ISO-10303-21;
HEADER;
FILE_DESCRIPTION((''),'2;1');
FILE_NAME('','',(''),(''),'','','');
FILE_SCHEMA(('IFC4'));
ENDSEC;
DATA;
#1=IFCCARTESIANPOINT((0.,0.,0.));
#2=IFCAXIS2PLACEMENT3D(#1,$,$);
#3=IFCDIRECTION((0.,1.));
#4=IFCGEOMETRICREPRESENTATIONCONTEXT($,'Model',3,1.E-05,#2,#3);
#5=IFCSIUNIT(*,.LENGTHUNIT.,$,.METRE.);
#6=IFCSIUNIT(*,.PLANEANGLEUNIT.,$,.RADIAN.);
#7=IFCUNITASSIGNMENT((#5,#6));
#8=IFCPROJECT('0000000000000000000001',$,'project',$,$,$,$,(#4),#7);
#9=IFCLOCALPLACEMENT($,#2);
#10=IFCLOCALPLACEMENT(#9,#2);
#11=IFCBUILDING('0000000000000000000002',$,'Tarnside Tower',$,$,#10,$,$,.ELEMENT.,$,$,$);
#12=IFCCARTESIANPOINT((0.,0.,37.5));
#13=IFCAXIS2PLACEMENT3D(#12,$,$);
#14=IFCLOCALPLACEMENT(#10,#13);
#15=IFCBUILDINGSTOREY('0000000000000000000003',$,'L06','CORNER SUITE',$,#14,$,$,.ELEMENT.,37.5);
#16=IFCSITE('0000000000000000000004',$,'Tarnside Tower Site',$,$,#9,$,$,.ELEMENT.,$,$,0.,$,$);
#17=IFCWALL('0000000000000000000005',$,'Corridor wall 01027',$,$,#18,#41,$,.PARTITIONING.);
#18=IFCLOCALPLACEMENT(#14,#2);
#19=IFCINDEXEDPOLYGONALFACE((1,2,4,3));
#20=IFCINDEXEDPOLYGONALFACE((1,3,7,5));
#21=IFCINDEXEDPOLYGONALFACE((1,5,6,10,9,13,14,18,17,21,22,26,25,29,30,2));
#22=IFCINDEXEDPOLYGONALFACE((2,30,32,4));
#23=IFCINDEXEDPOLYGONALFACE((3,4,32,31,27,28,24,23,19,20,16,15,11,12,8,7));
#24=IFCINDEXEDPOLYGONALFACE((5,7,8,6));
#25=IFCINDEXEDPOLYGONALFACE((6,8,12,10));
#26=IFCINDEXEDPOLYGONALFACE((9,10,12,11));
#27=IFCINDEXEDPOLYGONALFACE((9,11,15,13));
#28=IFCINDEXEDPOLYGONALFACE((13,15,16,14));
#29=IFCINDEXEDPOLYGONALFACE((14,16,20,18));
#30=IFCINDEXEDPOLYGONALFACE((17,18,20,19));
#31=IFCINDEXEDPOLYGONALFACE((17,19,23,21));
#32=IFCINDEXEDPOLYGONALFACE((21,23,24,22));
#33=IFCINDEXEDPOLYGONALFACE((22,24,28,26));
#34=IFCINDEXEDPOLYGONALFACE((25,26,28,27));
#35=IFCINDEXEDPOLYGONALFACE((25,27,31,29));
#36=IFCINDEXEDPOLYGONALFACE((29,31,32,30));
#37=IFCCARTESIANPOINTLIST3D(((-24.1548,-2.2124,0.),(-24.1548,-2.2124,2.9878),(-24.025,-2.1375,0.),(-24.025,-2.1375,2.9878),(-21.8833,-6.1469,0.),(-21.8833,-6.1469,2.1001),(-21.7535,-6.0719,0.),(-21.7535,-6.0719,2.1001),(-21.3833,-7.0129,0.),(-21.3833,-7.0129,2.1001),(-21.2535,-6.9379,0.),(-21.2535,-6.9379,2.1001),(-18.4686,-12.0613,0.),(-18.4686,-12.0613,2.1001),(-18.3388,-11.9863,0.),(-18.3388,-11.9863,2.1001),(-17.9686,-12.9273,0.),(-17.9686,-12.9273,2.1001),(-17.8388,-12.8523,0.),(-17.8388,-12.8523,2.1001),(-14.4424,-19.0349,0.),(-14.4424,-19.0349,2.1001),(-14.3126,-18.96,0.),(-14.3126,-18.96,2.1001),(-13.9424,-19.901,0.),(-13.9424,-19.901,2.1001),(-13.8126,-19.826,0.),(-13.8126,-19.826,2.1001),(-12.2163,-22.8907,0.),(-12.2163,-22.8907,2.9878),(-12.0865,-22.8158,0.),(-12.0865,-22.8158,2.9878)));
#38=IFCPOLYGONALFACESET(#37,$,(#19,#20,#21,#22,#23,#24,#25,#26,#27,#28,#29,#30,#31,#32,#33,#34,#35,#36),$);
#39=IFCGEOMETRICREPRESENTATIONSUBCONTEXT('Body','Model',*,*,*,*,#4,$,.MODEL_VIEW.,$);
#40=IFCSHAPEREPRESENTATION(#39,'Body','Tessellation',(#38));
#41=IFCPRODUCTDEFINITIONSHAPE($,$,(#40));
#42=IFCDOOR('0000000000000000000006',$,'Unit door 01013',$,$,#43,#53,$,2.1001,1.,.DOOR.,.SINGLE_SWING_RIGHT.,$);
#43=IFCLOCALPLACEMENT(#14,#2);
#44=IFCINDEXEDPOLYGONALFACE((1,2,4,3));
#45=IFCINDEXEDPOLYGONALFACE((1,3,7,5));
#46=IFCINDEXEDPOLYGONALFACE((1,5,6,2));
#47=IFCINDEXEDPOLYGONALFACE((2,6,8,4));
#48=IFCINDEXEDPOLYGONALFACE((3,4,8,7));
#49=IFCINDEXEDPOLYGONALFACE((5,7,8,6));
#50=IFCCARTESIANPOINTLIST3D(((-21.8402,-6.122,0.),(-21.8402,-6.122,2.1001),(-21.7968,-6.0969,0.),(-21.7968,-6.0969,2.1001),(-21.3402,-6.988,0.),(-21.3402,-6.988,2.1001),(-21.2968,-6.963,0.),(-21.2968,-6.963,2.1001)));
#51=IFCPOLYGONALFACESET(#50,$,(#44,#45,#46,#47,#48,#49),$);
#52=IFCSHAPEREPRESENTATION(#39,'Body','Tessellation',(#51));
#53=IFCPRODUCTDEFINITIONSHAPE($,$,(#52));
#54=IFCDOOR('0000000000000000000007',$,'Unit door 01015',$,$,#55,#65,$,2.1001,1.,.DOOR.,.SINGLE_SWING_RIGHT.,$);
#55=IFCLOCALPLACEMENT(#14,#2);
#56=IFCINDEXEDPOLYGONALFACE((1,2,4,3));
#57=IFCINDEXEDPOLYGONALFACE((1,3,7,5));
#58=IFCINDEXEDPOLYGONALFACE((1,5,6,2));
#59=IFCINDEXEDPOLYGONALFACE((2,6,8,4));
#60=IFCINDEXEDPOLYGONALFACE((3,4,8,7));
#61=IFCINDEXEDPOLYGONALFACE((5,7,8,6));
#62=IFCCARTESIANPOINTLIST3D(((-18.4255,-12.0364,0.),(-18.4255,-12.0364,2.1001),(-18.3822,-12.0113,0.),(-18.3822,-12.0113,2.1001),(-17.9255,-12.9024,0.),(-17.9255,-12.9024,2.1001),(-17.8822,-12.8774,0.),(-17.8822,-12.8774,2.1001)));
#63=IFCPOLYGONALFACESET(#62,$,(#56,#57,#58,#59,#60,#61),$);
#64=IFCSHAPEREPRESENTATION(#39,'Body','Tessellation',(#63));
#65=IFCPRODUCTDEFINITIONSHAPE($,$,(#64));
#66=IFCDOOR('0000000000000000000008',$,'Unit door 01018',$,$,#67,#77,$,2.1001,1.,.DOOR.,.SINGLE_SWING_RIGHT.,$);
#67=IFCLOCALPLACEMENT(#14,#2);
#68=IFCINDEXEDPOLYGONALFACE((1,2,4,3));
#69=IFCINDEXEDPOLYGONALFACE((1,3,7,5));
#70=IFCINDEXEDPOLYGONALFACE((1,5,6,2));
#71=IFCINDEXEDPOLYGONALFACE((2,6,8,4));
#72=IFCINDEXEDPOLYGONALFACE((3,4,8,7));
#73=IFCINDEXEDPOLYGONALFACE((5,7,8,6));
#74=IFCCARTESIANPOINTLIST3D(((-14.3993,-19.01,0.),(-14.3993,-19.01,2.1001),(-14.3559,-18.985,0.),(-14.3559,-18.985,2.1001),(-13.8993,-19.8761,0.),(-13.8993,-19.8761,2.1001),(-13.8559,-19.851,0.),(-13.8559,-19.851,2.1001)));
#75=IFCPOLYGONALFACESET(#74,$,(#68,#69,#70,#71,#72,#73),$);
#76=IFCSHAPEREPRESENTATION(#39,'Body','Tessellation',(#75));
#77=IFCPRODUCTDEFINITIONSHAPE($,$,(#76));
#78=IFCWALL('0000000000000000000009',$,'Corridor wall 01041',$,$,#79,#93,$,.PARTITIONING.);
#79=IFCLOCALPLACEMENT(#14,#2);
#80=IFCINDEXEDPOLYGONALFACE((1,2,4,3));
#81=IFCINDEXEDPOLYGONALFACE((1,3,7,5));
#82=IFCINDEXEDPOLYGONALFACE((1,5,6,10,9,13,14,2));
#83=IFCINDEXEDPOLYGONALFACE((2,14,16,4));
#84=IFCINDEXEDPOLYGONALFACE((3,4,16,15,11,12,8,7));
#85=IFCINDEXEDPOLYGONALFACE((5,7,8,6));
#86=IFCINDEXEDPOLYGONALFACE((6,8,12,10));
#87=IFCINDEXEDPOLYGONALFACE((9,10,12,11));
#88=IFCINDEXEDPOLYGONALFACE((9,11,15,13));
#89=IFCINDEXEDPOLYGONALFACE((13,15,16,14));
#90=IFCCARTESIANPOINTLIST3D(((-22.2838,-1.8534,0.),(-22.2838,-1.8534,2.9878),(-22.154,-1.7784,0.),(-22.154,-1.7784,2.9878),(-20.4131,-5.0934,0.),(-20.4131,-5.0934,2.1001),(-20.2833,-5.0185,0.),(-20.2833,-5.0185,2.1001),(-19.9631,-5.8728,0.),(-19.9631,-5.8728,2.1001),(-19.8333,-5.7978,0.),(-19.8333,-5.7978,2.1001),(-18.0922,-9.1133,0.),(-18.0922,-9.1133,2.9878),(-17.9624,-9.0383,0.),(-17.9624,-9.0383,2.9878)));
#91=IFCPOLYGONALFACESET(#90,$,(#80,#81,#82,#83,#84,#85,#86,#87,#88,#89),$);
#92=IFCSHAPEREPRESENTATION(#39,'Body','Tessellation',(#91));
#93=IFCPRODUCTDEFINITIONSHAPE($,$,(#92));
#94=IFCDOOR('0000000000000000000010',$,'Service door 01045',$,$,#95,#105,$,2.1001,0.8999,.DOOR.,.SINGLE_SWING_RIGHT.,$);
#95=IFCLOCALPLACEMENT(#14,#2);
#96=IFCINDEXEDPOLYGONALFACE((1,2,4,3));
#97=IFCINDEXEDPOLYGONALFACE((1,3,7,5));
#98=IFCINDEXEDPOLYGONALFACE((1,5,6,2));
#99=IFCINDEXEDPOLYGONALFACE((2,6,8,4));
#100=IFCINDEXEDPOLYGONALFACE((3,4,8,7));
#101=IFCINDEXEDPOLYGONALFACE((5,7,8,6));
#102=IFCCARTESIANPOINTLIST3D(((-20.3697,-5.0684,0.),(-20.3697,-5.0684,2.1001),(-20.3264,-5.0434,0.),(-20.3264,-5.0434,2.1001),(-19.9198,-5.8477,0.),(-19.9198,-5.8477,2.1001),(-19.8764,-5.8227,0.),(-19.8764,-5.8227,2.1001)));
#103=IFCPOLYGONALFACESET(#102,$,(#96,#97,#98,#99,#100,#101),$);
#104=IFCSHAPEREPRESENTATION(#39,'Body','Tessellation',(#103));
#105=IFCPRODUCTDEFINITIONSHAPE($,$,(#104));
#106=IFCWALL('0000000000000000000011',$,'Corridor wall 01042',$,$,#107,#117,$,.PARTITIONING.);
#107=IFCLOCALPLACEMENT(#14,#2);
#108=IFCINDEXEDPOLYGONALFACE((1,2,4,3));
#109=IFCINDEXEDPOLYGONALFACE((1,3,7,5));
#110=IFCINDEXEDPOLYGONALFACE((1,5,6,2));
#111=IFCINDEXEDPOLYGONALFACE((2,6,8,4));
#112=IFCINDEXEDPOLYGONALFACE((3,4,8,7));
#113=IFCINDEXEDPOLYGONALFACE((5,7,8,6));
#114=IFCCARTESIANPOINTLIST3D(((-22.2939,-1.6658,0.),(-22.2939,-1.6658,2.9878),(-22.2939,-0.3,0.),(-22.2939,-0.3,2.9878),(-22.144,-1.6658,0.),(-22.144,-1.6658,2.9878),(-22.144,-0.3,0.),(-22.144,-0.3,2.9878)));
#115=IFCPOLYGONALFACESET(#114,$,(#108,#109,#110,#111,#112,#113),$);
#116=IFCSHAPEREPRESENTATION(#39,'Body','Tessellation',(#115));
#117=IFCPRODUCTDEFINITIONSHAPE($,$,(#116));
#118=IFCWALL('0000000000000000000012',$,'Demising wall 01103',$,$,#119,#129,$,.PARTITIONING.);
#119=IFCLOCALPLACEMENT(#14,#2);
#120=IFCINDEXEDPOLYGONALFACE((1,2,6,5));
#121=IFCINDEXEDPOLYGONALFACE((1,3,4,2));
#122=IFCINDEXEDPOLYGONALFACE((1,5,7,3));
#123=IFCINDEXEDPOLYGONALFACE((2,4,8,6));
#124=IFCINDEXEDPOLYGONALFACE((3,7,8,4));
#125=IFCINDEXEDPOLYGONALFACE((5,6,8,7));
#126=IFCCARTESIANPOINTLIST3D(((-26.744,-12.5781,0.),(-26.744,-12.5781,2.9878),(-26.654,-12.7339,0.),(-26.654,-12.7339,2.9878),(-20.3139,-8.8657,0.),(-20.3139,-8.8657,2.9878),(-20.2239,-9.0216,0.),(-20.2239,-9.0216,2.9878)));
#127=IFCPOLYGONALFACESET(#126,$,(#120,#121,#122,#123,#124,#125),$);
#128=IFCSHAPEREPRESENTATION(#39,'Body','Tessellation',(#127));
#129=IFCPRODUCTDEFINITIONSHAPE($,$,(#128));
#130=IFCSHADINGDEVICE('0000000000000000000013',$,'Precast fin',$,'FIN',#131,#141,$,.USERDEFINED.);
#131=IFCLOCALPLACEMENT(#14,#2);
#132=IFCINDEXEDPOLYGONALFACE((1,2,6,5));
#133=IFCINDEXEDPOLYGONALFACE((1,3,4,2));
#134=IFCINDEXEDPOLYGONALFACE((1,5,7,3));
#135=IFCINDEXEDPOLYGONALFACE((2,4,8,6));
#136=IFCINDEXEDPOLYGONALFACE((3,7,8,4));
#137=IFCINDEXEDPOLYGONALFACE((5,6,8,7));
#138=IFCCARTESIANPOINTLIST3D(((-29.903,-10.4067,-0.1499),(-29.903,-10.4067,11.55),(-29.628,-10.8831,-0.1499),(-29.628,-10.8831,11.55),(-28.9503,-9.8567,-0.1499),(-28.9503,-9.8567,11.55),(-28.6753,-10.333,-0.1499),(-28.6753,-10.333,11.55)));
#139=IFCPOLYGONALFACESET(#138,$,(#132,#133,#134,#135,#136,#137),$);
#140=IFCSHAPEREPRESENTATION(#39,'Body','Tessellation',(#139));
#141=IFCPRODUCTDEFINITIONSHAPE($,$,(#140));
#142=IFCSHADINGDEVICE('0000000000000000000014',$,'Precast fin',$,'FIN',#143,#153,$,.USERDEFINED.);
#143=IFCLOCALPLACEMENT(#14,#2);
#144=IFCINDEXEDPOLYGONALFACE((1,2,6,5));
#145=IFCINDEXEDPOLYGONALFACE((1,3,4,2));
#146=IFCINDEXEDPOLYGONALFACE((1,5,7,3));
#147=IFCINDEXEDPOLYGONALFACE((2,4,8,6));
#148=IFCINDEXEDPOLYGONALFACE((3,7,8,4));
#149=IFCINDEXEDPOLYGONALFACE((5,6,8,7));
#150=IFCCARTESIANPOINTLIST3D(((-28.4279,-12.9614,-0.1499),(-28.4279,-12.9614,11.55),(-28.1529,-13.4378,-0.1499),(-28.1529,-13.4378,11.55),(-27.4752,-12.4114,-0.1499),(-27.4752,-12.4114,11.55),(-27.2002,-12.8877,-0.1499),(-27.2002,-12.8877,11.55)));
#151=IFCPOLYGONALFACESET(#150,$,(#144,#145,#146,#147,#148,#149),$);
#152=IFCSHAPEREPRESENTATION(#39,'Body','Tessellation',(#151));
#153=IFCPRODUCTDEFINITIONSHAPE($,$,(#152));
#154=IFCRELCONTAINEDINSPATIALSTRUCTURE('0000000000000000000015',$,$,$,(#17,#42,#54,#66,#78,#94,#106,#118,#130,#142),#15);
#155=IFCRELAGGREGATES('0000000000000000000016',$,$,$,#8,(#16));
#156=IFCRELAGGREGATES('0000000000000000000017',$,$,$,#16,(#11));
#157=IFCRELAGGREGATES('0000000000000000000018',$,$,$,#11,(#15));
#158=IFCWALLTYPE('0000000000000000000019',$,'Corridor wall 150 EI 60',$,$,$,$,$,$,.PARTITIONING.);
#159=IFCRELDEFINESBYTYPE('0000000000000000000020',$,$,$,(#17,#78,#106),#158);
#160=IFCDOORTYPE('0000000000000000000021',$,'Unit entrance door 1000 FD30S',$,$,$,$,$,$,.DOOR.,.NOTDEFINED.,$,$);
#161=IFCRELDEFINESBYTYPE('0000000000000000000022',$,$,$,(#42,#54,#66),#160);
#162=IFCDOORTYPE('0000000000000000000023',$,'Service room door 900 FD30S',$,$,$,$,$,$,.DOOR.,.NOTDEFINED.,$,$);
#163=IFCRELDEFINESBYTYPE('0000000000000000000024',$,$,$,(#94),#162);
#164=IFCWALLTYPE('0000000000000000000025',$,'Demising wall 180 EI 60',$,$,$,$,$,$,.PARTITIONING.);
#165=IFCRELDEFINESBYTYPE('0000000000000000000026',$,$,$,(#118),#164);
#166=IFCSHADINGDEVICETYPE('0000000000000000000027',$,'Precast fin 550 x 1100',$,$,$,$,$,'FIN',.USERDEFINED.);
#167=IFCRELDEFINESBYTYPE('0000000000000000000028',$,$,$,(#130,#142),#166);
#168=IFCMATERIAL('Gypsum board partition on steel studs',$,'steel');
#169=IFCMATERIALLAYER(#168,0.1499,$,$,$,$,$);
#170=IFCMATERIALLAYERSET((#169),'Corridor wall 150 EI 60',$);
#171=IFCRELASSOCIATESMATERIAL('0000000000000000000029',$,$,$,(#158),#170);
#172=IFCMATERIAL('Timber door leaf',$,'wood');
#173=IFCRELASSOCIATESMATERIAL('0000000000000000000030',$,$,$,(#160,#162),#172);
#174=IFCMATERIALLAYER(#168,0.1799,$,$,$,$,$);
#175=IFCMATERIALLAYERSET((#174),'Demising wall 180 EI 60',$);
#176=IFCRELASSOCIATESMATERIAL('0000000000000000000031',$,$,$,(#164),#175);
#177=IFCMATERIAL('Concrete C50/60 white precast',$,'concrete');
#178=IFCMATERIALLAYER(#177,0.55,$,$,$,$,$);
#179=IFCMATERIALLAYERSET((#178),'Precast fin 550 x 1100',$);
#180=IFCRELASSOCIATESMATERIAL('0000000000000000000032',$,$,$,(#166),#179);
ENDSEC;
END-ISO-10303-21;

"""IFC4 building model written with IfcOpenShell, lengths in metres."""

from ifc_helpers import new_model, si_unit, direction, frame, frame_2d, origin, place, context, subcontext, project, spatial, polyline, rectangle, outline, extrude, material, layer, layer_set, type_object, element, fill, save


model = new_model("IFC4")

# Units and contexts
model_context = context("Model", 3, precision=1e-05, world=origin(), true_north=direction((0.0, 1.0)))
body_context = subcontext(model_context, "Body", "Model", "MODEL_VIEW")
ifc_project = project(units=[si_unit("LENGTHUNIT", "METRE"), si_unit("PLANEANGLEUNIT", "RADIAN")], contexts=[model_context])

# Site, building, storey
site_placement = place(None, origin())
site = spatial("IfcSite", under=ifc_project, at=site_placement, Name="Tarnside Tower Site", CompositionType="ELEMENT", RefElevation=0.0)
building_placement = place(site_placement, origin())
building = spatial("IfcBuilding", under=site, at=building_placement, Name="Tarnside Tower", CompositionType="ELEMENT")
storey_placement = place(building_placement, frame((0.0, 0.0, 37.5)))
storey = spatial("IfcBuildingStorey", under=building, at=storey_placement, Name="L06", Description="CORNER SUITE", CompositionType="ELEMENT", Elevation=37.5)

# Shared definitions
ifc_material_1 = material(Name="Gypsum board partition on steel studs", Category="steel")
ifc_material_2 = material(Name="Timber door leaf", Category="wood")

# Shared definitions
ifc_layer_1 = layer(ifc_material_1, 0.1499)
ifc_layer_set_1 = layer_set([ifc_layer_1], Name="Corridor wall 150 EI 60")
wall_type_1 = type_object("IfcWallType", Name="Corridor wall 150 EI 60", PredefinedType="PARTITIONING", material=ifc_layer_set_1)

# Wall, openings, doors
wall_1_placement = place(storey_placement, frame((-24.0898, -2.175, 0.0), z_axis=(0.0, 0.0, 1.0), x_axis=(0.499997, -0.866027, 0.0)))
wall_1 = element("IfcWall", 1, at=wall_1_placement, inside=storey, type_object=wall_type_1, Name="Corridor wall 01027", PredefinedType="PARTITIONING", context=body_context, shape_type="SweptSolid", body=[
    extrude(rectangle(XDim=23.8772, YDim=0.1499, at=frame_2d((11.9385, 0.0))), origin(), (0.0, 0.0, 1.0), 2.9878),
])
opening_1_placement = place(wall_1_placement, frame((4.543, 0.0, 0.0)))
opening_1 = element("IfcOpeningElement", 2, at=opening_1_placement, cuts=wall_1, PredefinedType="OPENING", context=body_context, shape_type="SweptSolid", body=[
    extrude(rectangle(XDim=1.0, YDim=2.1001, at=frame_2d((0.5, 1.05))), frame((0.0, 0.085, 0.0), z_axis=(0.0, -1.0, 0.0), x_axis=(1.0, 0.0, 0.0)), (0.0, 0.0, 1.0), 0.1699),
])
opening_2_placement = place(wall_1_placement, frame((11.3723, 0.0, 0.0)))
opening_2 = element("IfcOpeningElement", 3, at=opening_2_placement, cuts=wall_1, PredefinedType="OPENING", context=body_context, shape_type="SweptSolid", body=[
    extrude(rectangle(XDim=1.0, YDim=2.1001, at=frame_2d((0.5, 1.05))), frame((0.0, 0.085, 0.0), z_axis=(0.0, -1.0, 0.0), x_axis=(1.0, 0.0, 0.0)), (0.0, 0.0, 1.0), 0.1699),
])
opening_3_placement = place(wall_1_placement, frame((19.4248, 0.0, 0.0)))
opening_3 = element("IfcOpeningElement", 4, at=opening_3_placement, cuts=wall_1, PredefinedType="OPENING", context=body_context, shape_type="SweptSolid", body=[
    extrude(rectangle(XDim=1.0, YDim=2.1001, at=frame_2d((0.5, 1.05))), frame((0.0, 0.085, 0.0), z_axis=(0.0, -1.0, 0.0), x_axis=(1.0, 0.0, 0.0)), (0.0, 0.0, 1.0), 0.1699),
])
door_type_1 = type_object("IfcDoorType", Name="Unit entrance door 1000 FD30S", OperationType="NOTDEFINED", PredefinedType="DOOR", material=ifc_material_2)
door_1_placement = place(opening_1_placement, origin())
door_1 = element("IfcDoor", 5, at=door_1_placement, inside=storey, type_object=door_type_1, Name="Unit door 01013", OperationType="SINGLE_SWING_RIGHT", OverallHeight=2.1001, OverallWidth=1.0, PredefinedType="DOOR", context=body_context, shape_type="SweptSolid", body=[
    extrude(rectangle(XDim=1.0, YDim=2.1001, at=frame_2d((0.5, 1.05))), frame((0.0, 0.0249, 0.0), z_axis=(0.0, -1.0, 0.0), x_axis=(1.0, 0.0, 0.0)), (0.0, 0.0, 1.0), 0.05),
])
fill(opening_1, door_1)
door_2_placement = place(opening_2_placement, origin())
door_2 = element("IfcDoor", 6, at=door_2_placement, inside=storey, type_object=door_type_1, Name="Unit door 01015", OperationType="SINGLE_SWING_RIGHT", OverallHeight=2.1001, OverallWidth=1.0, PredefinedType="DOOR", context=body_context, shape_type="SweptSolid", body=[
    extrude(rectangle(XDim=1.0, YDim=2.1001, at=frame_2d((0.5, 1.05))), frame((0.0, 0.0249, 0.0), z_axis=(0.0, -1.0, 0.0), x_axis=(1.0, 0.0, 0.0)), (0.0, 0.0, 1.0), 0.05),
])
fill(opening_2, door_2)
door_3_placement = place(opening_3_placement, origin())
door_3 = element("IfcDoor", 7, at=door_3_placement, inside=storey, type_object=door_type_1, Name="Unit door 01018", OperationType="SINGLE_SWING_RIGHT", OverallHeight=2.1001, OverallWidth=1.0, PredefinedType="DOOR", context=body_context, shape_type="SweptSolid", body=[
    extrude(rectangle(XDim=1.0, YDim=2.1001, at=frame_2d((0.5, 1.05))), frame((0.0, 0.0249, 0.0), z_axis=(0.0, -1.0, 0.0), x_axis=(1.0, 0.0, 0.0)), (0.0, 0.0, 1.0), 0.05),
])
fill(opening_3, door_3)

# Wall, opening, door
wall_2_placement = place(storey_placement, frame((-18.0273, -9.0757, 0.0), z_axis=(0.0, 0.0, 1.0), x_axis=(-0.500007, 0.866021, 0.0)))
wall_2 = element("IfcWall", 8, at=wall_2_placement, inside=storey, type_object=wall_type_1, Name="Corridor wall 01041", PredefinedType="PARTITIONING", context=body_context, shape_type="SweptSolid", body=[
    extrude(rectangle(XDim=8.3831, YDim=0.1499, at=frame_2d((4.1914, 0.0))), origin(), (0.0, 0.0, 1.0), 2.9878),
])
opening_4_placement = place(wall_2_placement, frame((3.7417, 0.0, 0.0)))
opening_4 = element("IfcOpeningElement", 9, at=opening_4_placement, cuts=wall_2, PredefinedType="OPENING", context=body_context, shape_type="SweptSolid", body=[
    extrude(rectangle(XDim=0.8999, YDim=2.1001, at=frame_2d((0.45, 1.05))), frame((0.0, 0.085, 0.0), z_axis=(0.0, -1.0, 0.0), x_axis=(1.0, 0.0, 0.0)), (0.0, 0.0, 1.0), 0.1699),
])
door_type_2 = type_object("IfcDoorType", Name="Service room door 900 FD30S", OperationType="NOTDEFINED", PredefinedType="DOOR", material=ifc_material_2)
door_4_placement = place(opening_4_placement, origin())
door_4 = element("IfcDoor", 10, at=door_4_placement, inside=storey, type_object=door_type_2, Name="Service door 01045", OperationType="SINGLE_SWING_RIGHT", OverallHeight=2.1001, OverallWidth=0.8999, PredefinedType="DOOR", context=body_context, shape_type="SweptSolid", body=[
    extrude(rectangle(XDim=0.8999, YDim=2.1001, at=frame_2d((0.45, 1.05))), frame((0.0, 0.0249, 0.0), z_axis=(0.0, -1.0, 0.0), x_axis=(1.0, 0.0, 0.0)), (0.0, 0.0, 1.0), 0.05),
])
fill(opening_4, door_4)

# Walls
wall_3_placement = place(storey_placement, frame((-22.219, -1.6658, 0.0), z_axis=(0.0, 0.0, 1.0), x_axis=(0.0, 1.0, 0.0)))
element("IfcWall", 11, at=wall_3_placement, inside=storey, type_object=wall_type_1, Name="Corridor wall 01042", PredefinedType="PARTITIONING", context=body_context, shape_type="SweptSolid", body=[
    extrude(rectangle(XDim=1.3657, YDim=0.1499, at=frame_2d((0.6829, 0.0))), origin(), (0.0, 0.0, 1.0), 2.9878),
])
ifc_layer_2 = layer(ifc_material_1, 0.1799)
ifc_layer_set_2 = layer_set([ifc_layer_2], Name="Demising wall 180 EI 60")
wall_type_2 = type_object("IfcWallType", Name="Demising wall 180 EI 60", PredefinedType="PARTITIONING", material=ifc_layer_set_2)
wall_4_placement = place(storey_placement, frame((-26.699, -12.656, 0.0), z_axis=(0.0, 0.0, 1.0), x_axis=(0.866029, 0.499994, 0.0)))
element("IfcWall", 12, at=wall_4_placement, inside=storey, type_object=wall_type_2, Name="Demising wall 01103", PredefinedType="PARTITIONING", context=body_context, shape_type="SweptSolid", body=[
    extrude(rectangle(XDim=7.4248, YDim=0.1799, at=frame_2d((3.7124, 0.0))), origin(), (0.0, 0.0, 1.0), 2.9878),
])

# Shading devices
ifc_material_3 = material(Name="Concrete C50/60 white precast", Category="concrete")
ifc_layer_3 = layer(ifc_material_3, 0.55)
ifc_layer_set_3 = layer_set([ifc_layer_3], Name="Precast fin 550 x 1100")
shading_device_type = type_object("IfcShadingDeviceType", Name="Precast fin 550 x 1100", ElementType="FIN", PredefinedType="USERDEFINED", material=ifc_layer_set_3)
for number, where, z_axis, x_axis, name in (
    (13, (-28.8127, -10.095, -0.1499), (-0.5, 0.866025, 0.0), (-0.866025, -0.5, 0.0), "Precast fin"),
    (14, (-27.3376, -12.6497, -0.1499), (-0.5, 0.866025, 0.0), (-0.866025, -0.5, 0.0), "Precast fin"),
):
    element("IfcShadingDevice", number, at=place(storey_placement, frame(where, z_axis=z_axis, x_axis=x_axis)), inside=storey, type_object=shading_device_type, Name=name, ObjectType="FIN", PredefinedType="USERDEFINED", context=body_context, shape_type="SweptSolid", body=[
        extrude(outline(polyline([(0.0, 0.0), (1.1001, 0.0), (1.1001, 11.7), (0.0, 11.7), (0.0, 0.0)])), frame((0.0, 0.0, -0.2749)), (0.0, 0.0, 1.0), 0.55),
    ])

save(model, "model.ifc")
